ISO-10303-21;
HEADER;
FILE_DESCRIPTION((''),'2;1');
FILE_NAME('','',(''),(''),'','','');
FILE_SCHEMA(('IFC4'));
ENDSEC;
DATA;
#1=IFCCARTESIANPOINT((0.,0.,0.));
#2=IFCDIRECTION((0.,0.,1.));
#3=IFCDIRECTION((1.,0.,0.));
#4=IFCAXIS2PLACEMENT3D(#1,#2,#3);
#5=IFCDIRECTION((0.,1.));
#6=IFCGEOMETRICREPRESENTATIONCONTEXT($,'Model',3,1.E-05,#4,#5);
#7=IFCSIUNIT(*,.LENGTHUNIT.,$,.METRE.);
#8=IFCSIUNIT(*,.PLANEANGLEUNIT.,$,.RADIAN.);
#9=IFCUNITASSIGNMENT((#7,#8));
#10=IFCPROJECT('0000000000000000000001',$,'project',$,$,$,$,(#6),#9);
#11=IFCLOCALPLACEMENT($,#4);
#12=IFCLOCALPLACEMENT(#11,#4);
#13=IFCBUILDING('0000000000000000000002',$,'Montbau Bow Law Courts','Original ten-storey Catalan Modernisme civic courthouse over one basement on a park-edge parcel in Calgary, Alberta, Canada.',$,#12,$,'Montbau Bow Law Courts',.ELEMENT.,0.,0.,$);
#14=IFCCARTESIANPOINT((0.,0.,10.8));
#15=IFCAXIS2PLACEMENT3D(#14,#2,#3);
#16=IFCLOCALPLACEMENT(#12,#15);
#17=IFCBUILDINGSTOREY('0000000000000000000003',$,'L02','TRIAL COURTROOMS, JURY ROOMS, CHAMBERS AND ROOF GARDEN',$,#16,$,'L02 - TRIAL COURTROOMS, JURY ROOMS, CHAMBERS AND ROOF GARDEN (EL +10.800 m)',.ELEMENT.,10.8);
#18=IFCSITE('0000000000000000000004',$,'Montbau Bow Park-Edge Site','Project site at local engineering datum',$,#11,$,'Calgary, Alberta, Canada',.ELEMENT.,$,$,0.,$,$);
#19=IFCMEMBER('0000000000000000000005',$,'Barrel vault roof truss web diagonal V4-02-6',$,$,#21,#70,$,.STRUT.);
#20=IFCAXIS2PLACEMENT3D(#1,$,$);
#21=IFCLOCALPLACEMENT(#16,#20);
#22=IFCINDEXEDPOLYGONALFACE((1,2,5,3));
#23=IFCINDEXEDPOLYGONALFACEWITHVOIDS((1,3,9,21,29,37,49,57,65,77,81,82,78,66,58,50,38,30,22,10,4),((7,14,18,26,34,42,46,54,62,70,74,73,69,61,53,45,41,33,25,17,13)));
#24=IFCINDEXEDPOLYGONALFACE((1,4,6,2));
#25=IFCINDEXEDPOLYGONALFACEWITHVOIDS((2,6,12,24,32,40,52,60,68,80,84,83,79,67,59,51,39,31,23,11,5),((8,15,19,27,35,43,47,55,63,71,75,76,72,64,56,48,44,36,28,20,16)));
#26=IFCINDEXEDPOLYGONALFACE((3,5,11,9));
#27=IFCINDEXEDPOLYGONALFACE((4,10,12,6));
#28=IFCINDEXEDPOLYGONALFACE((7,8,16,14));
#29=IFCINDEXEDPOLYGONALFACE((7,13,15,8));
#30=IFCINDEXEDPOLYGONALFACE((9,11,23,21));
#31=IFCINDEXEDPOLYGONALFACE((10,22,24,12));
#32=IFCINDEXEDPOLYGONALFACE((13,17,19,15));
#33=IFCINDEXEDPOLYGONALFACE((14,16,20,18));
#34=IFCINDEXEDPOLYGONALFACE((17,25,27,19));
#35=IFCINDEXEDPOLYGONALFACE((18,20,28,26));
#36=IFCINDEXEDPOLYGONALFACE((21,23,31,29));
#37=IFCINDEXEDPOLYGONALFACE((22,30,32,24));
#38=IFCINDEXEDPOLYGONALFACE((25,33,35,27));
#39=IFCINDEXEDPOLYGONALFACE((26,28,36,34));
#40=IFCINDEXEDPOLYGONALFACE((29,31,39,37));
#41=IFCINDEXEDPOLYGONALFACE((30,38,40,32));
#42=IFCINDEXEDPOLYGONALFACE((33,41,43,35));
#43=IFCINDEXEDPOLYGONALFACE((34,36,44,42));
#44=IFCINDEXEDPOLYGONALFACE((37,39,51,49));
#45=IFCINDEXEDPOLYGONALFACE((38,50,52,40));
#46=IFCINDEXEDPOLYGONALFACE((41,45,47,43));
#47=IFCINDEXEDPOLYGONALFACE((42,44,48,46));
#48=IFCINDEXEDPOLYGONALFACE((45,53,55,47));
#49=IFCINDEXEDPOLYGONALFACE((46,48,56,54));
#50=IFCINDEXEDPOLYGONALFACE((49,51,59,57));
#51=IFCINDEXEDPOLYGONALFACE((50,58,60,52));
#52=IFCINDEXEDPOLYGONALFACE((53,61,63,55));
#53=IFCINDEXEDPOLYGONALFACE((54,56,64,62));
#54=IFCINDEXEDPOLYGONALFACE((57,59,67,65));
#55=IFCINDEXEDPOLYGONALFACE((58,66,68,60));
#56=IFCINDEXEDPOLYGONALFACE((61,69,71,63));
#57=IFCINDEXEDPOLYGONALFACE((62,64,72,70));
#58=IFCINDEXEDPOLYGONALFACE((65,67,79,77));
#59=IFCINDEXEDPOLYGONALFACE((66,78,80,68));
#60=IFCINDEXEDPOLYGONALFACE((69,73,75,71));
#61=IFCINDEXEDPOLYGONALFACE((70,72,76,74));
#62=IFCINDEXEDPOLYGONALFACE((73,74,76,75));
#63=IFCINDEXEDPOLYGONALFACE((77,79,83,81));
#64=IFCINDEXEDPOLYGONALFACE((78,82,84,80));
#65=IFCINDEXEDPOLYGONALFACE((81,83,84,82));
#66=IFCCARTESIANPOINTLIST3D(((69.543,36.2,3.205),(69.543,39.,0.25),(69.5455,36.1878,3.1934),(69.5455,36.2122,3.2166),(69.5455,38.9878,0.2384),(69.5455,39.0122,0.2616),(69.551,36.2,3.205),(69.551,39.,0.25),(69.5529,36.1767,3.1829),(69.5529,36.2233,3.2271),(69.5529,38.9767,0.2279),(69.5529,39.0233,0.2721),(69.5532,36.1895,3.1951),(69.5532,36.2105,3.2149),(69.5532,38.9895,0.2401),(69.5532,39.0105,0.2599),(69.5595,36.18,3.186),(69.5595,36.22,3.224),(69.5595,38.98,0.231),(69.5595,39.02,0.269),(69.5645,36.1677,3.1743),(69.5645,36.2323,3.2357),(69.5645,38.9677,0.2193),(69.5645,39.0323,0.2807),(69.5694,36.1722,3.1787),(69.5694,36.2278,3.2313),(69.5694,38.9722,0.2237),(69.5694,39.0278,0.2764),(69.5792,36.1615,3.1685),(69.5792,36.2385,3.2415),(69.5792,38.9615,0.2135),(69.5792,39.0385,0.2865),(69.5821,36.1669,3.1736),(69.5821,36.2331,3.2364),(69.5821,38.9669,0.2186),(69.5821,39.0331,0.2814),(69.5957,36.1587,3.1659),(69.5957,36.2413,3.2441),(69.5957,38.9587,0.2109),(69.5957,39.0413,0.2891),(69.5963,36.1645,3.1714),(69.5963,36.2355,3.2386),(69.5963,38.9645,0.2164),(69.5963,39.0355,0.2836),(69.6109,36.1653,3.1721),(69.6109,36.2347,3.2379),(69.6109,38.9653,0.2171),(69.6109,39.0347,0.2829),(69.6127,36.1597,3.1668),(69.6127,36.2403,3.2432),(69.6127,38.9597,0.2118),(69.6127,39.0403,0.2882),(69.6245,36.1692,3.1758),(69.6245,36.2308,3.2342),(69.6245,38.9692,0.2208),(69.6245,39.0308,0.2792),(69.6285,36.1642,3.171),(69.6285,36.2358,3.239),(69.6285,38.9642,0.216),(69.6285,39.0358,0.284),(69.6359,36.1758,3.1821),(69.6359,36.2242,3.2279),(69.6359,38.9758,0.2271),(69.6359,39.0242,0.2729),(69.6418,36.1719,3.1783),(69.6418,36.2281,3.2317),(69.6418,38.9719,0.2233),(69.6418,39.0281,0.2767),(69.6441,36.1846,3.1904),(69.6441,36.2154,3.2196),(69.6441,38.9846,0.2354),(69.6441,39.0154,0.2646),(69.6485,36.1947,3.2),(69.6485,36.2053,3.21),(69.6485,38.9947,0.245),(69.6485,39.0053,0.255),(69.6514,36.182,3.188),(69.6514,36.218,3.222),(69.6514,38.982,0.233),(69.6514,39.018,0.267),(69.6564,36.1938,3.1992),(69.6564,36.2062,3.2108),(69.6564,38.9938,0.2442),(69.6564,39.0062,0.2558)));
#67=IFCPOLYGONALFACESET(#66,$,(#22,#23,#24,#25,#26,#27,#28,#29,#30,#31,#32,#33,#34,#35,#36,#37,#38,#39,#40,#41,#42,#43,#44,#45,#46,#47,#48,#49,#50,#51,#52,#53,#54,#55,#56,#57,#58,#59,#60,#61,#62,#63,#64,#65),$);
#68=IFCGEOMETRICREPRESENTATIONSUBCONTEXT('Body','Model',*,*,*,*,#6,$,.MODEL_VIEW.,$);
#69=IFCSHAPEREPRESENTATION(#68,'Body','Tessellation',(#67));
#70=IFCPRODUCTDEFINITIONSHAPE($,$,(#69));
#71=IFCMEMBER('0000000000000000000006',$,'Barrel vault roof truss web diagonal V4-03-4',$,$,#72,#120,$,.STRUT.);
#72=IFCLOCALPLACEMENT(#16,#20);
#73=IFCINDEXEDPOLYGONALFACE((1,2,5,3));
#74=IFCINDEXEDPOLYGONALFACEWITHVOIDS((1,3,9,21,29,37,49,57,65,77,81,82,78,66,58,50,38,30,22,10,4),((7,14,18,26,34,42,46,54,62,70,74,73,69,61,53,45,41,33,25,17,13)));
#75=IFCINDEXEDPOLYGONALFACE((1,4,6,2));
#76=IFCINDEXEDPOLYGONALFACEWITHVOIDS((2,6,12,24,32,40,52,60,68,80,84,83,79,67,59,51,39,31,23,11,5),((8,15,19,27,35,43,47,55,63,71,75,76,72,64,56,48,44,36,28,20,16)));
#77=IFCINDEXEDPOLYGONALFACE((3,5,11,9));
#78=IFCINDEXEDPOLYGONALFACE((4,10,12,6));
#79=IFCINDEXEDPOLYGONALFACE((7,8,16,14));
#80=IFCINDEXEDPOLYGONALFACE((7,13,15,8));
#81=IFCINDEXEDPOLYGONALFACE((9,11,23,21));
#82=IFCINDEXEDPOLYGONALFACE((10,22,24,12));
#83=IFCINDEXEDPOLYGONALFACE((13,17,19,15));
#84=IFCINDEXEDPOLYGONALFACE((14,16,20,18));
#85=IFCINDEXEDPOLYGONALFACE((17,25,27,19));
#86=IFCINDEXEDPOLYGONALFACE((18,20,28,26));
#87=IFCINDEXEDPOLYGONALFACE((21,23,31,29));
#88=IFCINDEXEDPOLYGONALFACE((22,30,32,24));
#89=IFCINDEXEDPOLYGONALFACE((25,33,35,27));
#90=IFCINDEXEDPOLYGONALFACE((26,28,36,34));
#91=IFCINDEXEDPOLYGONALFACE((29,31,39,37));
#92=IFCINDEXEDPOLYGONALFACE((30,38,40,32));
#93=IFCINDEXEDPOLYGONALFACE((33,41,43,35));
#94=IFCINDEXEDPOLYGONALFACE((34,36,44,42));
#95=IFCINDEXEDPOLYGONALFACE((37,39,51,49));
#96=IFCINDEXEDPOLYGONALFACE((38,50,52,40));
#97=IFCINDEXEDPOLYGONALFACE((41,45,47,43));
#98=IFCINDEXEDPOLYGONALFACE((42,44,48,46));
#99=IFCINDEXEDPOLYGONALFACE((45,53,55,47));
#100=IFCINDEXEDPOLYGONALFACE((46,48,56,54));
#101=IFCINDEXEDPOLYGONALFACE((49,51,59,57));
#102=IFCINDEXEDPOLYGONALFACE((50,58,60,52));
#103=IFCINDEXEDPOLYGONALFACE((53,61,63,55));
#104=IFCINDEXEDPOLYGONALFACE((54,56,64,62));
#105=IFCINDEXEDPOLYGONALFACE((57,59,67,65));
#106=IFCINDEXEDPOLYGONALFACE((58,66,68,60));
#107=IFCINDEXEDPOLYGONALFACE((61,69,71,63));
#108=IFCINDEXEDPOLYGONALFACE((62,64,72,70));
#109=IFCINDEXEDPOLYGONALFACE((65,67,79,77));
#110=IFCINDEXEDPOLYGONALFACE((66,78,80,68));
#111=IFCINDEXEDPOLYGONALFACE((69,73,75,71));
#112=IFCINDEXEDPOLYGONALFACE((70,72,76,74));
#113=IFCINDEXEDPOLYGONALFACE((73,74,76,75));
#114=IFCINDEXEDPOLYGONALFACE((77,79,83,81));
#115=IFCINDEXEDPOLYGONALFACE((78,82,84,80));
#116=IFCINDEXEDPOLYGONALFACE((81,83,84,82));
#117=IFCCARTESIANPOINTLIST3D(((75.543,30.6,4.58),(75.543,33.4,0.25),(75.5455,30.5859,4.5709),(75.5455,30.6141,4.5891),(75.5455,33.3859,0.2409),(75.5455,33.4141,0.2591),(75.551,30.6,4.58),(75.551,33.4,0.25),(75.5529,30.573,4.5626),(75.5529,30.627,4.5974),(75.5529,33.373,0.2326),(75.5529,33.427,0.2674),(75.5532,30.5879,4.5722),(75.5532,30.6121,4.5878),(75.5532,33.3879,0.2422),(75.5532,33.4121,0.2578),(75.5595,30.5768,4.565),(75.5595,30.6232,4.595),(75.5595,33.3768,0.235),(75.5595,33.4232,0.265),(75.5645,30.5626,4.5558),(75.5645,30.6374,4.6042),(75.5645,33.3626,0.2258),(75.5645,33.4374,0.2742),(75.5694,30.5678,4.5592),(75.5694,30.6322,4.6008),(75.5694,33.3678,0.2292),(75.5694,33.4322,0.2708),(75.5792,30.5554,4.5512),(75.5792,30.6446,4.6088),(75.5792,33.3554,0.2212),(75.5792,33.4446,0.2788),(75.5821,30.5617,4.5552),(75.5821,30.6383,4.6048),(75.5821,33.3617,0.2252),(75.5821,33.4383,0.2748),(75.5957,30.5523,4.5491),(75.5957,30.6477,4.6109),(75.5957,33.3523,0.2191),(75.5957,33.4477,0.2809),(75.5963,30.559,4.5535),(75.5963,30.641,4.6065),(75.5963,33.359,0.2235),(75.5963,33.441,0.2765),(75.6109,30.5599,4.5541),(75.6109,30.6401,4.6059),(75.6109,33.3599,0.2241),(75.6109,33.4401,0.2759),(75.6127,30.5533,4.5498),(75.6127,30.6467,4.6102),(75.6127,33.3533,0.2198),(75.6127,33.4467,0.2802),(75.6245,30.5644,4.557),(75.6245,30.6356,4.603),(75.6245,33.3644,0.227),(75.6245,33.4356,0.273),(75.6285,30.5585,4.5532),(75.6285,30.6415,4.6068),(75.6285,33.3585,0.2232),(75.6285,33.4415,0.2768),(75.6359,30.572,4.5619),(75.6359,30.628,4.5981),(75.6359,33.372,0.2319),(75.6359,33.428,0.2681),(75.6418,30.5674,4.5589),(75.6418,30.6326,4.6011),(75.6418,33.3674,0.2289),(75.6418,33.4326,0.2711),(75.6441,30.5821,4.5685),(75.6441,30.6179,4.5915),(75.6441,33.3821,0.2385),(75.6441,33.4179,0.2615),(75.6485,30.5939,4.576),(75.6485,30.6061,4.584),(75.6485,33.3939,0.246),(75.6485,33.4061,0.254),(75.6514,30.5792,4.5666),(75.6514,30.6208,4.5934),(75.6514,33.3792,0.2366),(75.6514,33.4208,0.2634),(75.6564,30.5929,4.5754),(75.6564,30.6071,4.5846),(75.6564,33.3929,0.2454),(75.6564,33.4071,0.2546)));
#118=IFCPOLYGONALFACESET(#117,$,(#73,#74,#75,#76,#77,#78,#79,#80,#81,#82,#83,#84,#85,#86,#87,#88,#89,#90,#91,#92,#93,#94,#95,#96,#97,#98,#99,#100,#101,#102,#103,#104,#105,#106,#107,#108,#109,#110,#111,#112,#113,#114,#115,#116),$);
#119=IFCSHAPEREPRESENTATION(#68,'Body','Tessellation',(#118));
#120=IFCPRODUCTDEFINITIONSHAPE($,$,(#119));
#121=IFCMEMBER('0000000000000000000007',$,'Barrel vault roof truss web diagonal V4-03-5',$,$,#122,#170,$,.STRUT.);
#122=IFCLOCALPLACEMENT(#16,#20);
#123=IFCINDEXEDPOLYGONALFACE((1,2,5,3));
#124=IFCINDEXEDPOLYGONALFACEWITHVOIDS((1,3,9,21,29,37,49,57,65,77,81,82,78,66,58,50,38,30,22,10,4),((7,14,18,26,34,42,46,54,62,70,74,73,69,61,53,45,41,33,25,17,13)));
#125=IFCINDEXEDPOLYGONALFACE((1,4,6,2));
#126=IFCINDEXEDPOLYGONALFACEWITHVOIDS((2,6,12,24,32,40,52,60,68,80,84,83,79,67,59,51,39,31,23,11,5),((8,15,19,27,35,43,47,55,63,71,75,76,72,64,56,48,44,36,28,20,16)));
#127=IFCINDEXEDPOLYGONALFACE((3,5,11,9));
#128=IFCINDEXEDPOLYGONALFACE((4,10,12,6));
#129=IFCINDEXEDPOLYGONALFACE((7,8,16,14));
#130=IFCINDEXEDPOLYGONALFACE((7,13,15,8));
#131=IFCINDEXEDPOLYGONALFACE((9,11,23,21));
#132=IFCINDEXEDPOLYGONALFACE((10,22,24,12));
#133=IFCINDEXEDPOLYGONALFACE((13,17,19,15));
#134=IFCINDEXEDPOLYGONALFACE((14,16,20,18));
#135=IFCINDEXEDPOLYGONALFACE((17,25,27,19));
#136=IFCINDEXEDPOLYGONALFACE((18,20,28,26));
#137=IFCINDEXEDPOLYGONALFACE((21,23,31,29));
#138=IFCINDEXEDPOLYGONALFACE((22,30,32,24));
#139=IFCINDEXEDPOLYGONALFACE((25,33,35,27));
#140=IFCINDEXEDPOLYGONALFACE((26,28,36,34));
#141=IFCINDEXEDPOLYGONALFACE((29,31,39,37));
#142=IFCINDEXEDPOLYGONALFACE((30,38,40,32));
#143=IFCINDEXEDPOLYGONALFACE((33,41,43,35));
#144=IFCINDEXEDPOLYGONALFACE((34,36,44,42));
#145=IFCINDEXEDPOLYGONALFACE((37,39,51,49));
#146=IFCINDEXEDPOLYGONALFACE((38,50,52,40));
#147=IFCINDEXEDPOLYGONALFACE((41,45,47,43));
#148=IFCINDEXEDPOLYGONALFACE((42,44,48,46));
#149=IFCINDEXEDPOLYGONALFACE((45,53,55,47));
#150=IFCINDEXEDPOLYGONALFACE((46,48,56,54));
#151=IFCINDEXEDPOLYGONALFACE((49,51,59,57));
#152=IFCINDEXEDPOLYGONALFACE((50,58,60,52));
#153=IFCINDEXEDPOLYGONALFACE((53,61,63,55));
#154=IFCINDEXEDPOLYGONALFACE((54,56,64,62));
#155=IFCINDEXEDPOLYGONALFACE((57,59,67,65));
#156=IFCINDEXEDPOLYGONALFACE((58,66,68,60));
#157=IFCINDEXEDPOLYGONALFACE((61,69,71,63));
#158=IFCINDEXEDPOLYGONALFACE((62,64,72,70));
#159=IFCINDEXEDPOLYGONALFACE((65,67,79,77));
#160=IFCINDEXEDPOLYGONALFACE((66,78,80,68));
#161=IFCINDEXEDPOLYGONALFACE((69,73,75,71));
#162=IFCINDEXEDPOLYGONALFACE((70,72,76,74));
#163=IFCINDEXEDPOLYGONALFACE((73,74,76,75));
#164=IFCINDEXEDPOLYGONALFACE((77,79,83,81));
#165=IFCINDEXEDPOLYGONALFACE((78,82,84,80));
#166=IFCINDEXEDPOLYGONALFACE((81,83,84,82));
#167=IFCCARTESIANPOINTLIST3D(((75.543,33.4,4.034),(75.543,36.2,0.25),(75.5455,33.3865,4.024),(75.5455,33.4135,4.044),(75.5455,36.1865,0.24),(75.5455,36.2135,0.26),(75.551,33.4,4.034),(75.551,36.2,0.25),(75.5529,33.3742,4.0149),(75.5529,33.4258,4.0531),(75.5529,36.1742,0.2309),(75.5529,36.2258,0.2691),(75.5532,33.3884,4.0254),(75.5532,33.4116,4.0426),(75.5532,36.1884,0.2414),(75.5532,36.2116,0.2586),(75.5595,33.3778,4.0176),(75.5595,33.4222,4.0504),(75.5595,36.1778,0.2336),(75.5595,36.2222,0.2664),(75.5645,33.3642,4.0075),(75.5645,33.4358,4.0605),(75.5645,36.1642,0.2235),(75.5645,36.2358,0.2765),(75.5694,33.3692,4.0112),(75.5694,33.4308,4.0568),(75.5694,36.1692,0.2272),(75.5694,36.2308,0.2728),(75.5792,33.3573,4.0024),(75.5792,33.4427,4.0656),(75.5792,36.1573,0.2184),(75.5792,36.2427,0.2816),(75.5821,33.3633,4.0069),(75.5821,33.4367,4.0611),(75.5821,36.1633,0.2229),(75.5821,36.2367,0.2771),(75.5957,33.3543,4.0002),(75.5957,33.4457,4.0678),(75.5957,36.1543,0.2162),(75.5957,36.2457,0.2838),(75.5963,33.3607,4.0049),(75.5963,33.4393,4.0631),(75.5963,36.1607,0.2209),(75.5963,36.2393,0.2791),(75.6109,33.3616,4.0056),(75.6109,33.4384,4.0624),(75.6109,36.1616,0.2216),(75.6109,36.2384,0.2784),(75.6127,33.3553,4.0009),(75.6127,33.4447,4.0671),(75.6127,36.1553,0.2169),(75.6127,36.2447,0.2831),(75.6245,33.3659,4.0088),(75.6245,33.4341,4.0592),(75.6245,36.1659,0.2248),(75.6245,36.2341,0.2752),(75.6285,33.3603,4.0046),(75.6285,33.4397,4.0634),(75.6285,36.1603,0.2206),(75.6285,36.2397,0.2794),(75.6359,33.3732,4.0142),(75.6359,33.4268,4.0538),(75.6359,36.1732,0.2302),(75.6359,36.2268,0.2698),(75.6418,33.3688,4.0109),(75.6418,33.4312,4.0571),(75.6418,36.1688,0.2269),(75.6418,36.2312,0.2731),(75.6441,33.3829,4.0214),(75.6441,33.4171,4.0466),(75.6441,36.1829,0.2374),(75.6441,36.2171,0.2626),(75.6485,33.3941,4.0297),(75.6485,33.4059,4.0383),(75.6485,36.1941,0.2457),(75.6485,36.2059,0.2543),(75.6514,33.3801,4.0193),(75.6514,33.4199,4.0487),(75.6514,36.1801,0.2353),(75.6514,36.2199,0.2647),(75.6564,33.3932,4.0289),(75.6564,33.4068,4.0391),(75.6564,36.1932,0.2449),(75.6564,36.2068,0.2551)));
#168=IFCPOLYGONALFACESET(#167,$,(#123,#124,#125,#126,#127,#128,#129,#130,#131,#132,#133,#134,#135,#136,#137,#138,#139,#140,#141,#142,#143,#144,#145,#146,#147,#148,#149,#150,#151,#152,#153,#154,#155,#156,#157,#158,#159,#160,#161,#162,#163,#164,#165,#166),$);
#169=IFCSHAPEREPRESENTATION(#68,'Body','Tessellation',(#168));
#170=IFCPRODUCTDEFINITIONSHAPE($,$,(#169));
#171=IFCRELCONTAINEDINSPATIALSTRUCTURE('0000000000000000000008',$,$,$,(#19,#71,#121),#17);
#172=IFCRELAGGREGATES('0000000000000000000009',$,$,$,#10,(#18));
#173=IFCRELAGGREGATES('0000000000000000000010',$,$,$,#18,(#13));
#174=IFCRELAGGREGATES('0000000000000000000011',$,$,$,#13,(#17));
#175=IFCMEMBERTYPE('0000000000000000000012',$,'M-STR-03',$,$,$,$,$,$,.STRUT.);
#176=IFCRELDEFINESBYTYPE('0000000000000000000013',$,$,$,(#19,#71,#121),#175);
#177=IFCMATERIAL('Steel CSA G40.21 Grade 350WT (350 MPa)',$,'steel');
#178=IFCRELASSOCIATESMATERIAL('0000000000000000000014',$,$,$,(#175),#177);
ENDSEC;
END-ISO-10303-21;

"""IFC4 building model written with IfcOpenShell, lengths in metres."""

from ifc_helpers import new_model, si_unit, direction, frame, origin_with_axes, origin_2d_with_axis, place, context, subcontext, project, spatial, hollow_circle, extrude, material, material_profile, profile_set, type_object, element, save


model = new_model("IFC4")

# Units and contexts
model_context = context("Model", 3, precision=1e-05, world=origin_with_axes(), true_north=direction((0.0, 1.0)))
body_context = subcontext(model_context, "Body", "Model", "MODEL_VIEW")
ifc_project = project(units=[si_unit("LENGTHUNIT", "METRE"), si_unit("PLANEANGLEUNIT", "RADIAN")], contexts=[model_context])

# Site, building, storey
site_placement = place(None, origin_with_axes())
site = spatial("IfcSite", under=ifc_project, at=site_placement, Name="Montbau Bow Park-Edge Site", Description="Project site at local engineering datum", LongName="Calgary, Alberta, Canada", CompositionType="ELEMENT", RefElevation=0.0)
building_placement = place(site_placement, origin_with_axes())
building = spatial("IfcBuilding", under=site, at=building_placement, Name="Montbau Bow Law Courts", Description="Original ten-storey Catalan Modernisme civic courthouse over one basement on a park-edge parcel in Calgary, Alberta, Canada.", LongName="Montbau Bow Law Courts", CompositionType="ELEMENT", ElevationOfRefHeight=0.0, ElevationOfTerrain=0.0)
storey_placement = place(building_placement, frame((0.0, 0.0, 10.8), z_axis=(0.0, 0.0, 1.0), x_axis=(1.0, 0.0, 0.0)))
storey = spatial("IfcBuildingStorey", under=building, at=storey_placement, Name="L02", Description="TRIAL COURTROOMS, JURY ROOMS, CHAMBERS AND ROOF GARDEN", LongName="L02 - TRIAL COURTROOMS, JURY ROOMS, CHAMBERS AND ROOF GARDEN (EL +10.800 m)", CompositionType="ELEMENT", Elevation=10.8)

# Shared definitions
ifc_material_1 = material(Name="Steel CSA G40.21 Grade 350WT (350 MPa)", Category="steel")

# Members
ifc_material_profile_1 = material_profile(ifc_material_1, hollow_circle(Radius=0.057, WallThickness=0.008, at=origin_2d_with_axis()), Name="HSS114X8.0", Category="Main", Priority=0)
ifc_profile_set_1 = profile_set([ifc_material_profile_1], Name="Steel CSA G40.21 Grade 350WT (350 MPa)")
member_type_1 = type_object("IfcMemberType", Name="M-STR-03", PredefinedType="STRUT", material=ifc_profile_set_1)
member_1_placement = place(None, frame((69.6, 36.2, 14.005), z_axis=(0.0, 0.687813, -0.725888), x_axis=(-1.0, 0.0, 0.0)))
element("IfcMember", 1, at=member_1_placement, inside=storey, type_object=member_type_1, Name="Barrel vault roof truss web diagonal V4-02-6", PredefinedType="STRUT", context=body_context, shape_type="SweptSolid", body=[
    extrude(hollow_circle(Radius=0.057, WallThickness=0.008, at=origin_2d_with_axis()), origin_with_axes(), (0.0, 0.0, 1.0), 4.0709),
])
member_2_placement = place(None, frame((75.6, 30.6, 15.38), z_axis=(0.0, 0.54301, -0.839726), x_axis=(-1.0, 0.0, 0.0)))
element("IfcMember", 2, at=member_2_placement, inside=storey, type_object=member_type_1, Name="Barrel vault roof truss web diagonal V4-03-4", PredefinedType="STRUT", context=body_context, shape_type="SweptSolid", body=[
    extrude(hollow_circle(Radius=0.057, WallThickness=0.008, at=origin_2d_with_axis()), origin_with_axes(), (0.0, 0.0, 1.0), 5.1564),
])
member_3_placement = place(None, frame((75.6, 33.4, 14.834), z_axis=(0.0, 0.594821, -0.803858), x_axis=(-1.0, 0.0, 0.0)))
element("IfcMember", 3, at=member_3_placement, inside=storey, type_object=member_type_1, Name="Barrel vault roof truss web diagonal V4-03-5", PredefinedType="STRUT", context=body_context, shape_type="SweptSolid", body=[
    extrude(hollow_circle(Radius=0.057, WallThickness=0.008, at=origin_2d_with_axis()), origin_with_axes(), (0.0, 0.0, 1.0), 4.7073),
])

save(model, "model.ifc")
